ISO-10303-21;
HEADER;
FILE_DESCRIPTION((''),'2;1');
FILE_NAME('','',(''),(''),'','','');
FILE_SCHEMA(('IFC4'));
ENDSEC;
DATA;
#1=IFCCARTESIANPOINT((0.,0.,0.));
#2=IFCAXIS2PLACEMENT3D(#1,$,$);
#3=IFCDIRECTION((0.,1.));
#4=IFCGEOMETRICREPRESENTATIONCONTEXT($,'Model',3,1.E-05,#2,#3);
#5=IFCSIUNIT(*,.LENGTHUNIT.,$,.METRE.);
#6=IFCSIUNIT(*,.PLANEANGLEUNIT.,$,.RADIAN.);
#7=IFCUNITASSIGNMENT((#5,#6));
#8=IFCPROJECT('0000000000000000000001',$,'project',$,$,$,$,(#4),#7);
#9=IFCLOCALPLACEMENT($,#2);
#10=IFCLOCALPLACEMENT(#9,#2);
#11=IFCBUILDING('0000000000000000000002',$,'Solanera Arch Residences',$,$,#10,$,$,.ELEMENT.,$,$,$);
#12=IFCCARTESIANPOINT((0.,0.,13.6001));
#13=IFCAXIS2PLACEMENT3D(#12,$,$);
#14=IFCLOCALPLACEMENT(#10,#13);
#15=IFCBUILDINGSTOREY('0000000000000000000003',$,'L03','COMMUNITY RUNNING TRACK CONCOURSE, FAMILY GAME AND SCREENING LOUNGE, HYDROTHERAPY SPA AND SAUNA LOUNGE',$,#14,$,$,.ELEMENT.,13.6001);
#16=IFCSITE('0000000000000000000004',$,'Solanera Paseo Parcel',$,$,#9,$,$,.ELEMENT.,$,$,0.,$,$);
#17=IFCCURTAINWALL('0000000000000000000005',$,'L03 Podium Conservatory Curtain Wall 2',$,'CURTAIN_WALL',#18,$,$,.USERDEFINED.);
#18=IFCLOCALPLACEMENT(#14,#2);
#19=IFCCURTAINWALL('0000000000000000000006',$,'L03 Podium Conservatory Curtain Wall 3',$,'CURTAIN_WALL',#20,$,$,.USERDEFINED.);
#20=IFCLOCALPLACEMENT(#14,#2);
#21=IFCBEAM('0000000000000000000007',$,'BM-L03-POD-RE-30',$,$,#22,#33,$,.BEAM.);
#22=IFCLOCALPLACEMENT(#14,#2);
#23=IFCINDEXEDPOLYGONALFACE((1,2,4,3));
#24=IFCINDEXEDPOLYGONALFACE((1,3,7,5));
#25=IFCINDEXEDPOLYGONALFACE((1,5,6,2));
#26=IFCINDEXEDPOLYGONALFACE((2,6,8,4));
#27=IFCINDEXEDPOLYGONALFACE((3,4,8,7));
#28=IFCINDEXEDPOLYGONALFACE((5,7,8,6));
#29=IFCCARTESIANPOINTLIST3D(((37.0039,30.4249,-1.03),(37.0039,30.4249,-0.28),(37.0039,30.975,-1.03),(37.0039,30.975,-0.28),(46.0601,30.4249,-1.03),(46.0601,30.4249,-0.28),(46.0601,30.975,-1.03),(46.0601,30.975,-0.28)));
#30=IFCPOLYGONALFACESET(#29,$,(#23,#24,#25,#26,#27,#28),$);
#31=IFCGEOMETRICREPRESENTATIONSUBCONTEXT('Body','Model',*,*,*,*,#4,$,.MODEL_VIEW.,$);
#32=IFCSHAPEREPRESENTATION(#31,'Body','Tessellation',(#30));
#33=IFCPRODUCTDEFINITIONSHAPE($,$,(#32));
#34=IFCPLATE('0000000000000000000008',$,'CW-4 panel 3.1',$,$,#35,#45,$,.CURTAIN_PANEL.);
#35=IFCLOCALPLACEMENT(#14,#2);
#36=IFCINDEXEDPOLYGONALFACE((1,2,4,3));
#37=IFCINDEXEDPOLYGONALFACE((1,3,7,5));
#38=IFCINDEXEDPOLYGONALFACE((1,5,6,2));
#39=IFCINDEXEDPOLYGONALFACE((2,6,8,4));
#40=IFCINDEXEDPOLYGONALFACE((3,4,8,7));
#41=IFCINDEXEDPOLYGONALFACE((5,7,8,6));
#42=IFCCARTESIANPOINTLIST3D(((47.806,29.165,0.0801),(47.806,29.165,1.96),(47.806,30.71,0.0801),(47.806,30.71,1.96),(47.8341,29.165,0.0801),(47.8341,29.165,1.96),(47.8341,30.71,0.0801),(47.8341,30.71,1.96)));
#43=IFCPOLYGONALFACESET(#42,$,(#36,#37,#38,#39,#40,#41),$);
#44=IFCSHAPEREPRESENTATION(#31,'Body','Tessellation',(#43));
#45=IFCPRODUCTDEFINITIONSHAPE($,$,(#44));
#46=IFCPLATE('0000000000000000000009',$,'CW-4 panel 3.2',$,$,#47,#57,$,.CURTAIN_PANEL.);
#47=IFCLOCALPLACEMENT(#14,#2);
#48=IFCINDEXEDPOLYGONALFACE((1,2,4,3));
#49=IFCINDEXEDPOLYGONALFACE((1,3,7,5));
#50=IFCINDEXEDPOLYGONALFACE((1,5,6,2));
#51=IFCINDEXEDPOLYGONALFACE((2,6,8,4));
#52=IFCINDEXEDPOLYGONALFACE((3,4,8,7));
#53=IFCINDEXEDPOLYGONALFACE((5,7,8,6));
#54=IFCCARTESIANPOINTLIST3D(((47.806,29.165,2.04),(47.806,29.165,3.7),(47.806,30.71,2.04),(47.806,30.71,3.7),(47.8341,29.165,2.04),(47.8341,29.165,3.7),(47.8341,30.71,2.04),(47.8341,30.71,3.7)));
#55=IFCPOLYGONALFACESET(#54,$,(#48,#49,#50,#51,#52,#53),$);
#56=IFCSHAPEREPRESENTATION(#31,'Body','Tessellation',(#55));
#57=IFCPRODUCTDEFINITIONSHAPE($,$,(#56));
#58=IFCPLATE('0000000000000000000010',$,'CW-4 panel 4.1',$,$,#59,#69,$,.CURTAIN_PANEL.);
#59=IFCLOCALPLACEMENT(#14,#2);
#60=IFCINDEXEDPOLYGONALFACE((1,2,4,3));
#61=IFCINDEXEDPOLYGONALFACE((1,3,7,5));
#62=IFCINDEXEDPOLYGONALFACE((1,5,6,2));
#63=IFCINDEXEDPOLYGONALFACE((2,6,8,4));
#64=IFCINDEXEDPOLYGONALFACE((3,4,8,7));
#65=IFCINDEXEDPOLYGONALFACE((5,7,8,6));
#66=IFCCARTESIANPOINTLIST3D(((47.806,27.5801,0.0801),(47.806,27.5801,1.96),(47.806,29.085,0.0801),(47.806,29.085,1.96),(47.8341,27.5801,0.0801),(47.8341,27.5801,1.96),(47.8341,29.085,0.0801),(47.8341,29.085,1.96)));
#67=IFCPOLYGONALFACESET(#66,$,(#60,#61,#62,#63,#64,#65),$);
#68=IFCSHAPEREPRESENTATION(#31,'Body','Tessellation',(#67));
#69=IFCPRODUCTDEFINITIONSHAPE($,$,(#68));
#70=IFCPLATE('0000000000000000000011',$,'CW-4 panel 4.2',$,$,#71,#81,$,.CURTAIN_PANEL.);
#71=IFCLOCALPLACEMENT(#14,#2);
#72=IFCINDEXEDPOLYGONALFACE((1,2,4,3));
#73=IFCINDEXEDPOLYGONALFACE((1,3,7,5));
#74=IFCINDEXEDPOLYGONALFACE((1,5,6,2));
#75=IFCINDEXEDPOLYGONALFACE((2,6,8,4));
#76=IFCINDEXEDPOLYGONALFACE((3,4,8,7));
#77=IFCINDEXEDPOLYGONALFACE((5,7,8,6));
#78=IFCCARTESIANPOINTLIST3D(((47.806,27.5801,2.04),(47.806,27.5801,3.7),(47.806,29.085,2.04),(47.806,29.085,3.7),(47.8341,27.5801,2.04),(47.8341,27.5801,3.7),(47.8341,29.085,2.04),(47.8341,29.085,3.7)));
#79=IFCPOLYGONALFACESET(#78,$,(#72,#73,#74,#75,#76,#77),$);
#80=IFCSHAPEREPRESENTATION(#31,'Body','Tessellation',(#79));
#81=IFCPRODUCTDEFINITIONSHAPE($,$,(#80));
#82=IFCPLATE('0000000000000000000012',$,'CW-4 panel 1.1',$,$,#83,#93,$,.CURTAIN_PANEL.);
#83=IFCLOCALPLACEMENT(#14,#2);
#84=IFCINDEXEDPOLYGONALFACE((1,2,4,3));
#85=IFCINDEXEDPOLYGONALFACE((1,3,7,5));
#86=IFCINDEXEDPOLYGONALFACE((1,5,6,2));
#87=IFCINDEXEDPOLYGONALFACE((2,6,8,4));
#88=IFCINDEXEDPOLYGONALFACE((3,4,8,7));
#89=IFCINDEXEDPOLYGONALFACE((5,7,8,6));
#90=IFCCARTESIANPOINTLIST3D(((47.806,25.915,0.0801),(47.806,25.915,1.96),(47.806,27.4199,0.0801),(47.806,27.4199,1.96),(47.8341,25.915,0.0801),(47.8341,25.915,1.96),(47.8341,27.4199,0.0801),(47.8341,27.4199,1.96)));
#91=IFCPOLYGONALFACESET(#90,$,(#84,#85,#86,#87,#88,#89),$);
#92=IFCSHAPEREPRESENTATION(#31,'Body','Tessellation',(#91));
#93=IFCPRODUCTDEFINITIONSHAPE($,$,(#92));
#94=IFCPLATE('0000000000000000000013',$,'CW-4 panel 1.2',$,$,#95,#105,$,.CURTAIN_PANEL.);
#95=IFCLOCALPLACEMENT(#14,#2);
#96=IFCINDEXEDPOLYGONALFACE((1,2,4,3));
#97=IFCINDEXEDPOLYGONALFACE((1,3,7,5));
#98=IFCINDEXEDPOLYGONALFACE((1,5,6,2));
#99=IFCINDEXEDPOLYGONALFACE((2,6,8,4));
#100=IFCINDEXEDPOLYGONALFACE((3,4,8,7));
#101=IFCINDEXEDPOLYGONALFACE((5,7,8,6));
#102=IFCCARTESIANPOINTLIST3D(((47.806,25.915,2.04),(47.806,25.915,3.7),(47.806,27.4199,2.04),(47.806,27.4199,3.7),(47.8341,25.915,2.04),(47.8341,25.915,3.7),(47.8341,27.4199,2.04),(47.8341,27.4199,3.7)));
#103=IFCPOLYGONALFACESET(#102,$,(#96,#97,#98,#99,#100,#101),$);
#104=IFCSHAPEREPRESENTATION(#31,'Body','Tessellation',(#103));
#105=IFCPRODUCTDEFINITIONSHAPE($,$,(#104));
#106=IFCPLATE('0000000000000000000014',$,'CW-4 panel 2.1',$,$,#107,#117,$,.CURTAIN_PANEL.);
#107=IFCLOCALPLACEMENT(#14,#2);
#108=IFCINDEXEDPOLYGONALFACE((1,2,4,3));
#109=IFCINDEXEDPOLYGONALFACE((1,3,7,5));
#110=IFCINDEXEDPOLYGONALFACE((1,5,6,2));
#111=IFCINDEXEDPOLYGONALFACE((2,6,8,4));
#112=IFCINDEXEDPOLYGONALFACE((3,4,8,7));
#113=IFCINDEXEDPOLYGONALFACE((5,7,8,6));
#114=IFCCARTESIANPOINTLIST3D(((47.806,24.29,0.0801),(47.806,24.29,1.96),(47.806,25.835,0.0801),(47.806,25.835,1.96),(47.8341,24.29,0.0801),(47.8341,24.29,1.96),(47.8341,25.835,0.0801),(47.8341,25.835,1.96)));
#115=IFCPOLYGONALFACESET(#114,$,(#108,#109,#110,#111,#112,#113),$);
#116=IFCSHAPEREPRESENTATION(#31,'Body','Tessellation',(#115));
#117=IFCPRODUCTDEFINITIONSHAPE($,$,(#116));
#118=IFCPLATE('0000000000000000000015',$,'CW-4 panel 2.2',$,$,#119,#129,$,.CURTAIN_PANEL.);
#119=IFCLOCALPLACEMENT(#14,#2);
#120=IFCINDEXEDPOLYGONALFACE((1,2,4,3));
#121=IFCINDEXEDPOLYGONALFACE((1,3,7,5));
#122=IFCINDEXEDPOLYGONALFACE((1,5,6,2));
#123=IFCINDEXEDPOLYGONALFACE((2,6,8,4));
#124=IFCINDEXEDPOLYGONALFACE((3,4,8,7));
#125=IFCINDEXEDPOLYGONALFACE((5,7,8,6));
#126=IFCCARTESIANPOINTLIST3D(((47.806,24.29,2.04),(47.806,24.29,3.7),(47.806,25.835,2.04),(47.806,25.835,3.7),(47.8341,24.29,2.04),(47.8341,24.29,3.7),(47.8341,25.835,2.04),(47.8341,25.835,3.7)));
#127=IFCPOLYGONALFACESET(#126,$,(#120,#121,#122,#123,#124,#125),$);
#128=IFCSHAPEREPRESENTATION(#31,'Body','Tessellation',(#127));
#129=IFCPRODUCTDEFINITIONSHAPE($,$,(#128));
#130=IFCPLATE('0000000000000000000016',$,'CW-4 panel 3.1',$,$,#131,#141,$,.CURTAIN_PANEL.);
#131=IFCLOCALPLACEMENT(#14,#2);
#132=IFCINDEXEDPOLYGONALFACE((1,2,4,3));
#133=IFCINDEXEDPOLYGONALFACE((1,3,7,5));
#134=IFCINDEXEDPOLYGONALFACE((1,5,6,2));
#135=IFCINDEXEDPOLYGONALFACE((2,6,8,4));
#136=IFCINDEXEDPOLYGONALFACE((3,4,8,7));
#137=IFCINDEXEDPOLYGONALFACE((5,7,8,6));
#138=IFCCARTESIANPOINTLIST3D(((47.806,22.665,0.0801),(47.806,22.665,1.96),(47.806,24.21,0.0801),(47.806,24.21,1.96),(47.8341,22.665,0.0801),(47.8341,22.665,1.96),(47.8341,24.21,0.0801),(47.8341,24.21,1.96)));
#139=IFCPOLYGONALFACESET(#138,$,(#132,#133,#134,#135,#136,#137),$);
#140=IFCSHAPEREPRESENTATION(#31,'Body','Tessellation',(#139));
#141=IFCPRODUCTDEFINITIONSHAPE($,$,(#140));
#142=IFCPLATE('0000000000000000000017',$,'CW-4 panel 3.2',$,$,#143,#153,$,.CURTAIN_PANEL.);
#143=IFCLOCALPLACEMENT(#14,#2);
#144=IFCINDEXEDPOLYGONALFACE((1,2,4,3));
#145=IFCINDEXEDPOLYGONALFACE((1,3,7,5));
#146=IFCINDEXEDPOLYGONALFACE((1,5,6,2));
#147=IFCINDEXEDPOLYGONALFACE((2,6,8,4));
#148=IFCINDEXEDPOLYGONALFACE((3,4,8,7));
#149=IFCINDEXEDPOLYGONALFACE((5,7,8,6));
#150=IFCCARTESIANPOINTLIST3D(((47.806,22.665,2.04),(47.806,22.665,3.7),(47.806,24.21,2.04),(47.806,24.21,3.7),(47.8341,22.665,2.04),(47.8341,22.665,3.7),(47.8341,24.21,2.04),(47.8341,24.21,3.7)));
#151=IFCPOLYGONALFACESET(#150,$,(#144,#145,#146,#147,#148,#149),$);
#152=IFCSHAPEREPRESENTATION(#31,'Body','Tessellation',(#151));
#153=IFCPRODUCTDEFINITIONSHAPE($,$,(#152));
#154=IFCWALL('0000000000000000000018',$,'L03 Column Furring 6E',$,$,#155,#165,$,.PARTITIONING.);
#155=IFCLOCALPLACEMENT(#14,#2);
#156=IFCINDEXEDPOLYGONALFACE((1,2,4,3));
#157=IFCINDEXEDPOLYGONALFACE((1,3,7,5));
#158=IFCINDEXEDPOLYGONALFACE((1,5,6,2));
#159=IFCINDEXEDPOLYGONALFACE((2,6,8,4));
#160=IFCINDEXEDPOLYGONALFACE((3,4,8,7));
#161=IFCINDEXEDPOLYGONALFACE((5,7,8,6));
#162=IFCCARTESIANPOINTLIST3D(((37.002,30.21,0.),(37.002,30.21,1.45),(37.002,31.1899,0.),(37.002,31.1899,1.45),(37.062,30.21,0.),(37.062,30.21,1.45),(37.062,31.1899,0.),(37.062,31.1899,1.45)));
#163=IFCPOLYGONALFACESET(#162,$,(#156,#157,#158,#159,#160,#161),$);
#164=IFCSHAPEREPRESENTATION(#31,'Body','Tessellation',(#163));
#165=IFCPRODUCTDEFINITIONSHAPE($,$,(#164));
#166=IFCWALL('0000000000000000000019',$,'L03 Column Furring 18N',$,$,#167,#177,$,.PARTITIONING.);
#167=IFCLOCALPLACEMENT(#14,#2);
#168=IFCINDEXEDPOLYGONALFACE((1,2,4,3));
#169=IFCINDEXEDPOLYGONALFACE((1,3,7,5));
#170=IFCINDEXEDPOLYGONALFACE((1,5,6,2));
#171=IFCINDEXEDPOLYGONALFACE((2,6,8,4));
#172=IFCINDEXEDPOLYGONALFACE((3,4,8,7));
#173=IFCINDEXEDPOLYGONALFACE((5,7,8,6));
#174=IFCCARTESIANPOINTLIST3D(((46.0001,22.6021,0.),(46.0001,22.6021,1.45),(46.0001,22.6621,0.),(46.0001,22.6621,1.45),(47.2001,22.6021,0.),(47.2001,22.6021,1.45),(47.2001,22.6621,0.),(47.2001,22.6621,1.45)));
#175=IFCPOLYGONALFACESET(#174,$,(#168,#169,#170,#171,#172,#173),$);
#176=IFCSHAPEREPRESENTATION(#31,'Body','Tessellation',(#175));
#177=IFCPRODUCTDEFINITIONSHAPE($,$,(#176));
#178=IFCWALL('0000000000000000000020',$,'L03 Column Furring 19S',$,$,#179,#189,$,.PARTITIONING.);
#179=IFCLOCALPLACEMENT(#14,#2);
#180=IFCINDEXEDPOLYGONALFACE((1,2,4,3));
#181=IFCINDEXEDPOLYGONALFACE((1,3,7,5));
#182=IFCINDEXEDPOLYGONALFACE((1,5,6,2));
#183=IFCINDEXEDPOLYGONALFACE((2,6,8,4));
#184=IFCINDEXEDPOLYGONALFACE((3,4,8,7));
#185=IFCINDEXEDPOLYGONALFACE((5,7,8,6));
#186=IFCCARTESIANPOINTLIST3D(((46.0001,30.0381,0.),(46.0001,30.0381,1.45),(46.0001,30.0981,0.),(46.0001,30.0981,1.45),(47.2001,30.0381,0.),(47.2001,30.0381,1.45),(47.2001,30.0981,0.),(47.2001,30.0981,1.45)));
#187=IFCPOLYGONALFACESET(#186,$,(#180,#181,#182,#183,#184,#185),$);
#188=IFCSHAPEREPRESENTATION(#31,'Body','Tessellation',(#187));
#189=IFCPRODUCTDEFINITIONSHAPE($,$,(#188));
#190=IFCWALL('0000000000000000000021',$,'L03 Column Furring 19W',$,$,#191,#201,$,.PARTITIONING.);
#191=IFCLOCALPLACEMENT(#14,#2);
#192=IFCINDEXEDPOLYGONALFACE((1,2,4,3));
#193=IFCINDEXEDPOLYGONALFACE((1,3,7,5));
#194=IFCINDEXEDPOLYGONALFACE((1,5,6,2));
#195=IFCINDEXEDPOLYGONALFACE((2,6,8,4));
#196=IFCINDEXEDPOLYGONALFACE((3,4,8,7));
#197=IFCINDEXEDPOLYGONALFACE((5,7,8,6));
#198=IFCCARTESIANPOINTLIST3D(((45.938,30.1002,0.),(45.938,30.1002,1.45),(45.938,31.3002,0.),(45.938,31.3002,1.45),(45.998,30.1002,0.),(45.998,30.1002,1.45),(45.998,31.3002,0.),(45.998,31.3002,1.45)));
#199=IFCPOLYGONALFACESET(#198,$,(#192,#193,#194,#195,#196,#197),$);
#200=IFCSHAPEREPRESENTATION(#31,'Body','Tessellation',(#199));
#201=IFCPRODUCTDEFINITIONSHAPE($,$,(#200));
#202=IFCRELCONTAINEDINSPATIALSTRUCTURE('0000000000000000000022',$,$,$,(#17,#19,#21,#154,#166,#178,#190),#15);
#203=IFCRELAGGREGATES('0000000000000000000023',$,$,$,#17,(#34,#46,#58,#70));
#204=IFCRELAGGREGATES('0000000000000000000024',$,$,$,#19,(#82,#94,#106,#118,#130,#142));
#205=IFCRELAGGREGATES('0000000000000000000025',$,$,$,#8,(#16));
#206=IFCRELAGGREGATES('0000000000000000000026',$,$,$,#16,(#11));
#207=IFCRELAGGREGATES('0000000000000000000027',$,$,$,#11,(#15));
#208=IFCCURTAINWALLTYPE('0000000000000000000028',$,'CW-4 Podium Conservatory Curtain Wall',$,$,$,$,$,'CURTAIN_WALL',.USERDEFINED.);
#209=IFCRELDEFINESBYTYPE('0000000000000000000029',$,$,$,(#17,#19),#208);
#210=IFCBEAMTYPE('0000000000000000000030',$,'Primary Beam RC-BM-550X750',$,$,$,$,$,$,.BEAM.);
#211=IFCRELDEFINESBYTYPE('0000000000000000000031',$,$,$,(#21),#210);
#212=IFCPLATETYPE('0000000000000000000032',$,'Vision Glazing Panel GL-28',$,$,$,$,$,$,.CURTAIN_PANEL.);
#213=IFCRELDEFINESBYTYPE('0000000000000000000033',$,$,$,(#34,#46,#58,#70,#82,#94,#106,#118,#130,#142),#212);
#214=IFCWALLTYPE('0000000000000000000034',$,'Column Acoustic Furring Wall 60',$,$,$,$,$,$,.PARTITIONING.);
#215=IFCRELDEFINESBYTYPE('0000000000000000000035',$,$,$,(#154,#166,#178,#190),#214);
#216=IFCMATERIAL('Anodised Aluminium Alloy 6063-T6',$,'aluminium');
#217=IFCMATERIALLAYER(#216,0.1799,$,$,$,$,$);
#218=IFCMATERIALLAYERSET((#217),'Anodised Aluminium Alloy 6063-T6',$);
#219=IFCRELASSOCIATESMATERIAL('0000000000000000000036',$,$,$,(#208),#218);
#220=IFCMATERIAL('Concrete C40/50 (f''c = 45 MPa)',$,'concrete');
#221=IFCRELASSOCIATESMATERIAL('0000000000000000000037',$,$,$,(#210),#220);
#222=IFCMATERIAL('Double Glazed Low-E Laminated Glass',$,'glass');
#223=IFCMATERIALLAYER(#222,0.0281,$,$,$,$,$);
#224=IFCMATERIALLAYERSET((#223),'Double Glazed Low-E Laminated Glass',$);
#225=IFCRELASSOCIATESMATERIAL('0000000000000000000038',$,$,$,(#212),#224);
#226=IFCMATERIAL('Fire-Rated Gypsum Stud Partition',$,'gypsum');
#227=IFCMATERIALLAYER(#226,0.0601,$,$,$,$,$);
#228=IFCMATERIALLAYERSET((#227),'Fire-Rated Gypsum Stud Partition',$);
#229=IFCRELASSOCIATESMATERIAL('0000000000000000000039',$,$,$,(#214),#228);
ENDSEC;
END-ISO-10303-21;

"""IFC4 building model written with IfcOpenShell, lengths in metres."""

from ifc_helpers import new_model, si_unit, direction, frame, frame_2d, origin, origin_2d, place, context, subcontext, project, spatial, rectangle, extrude, material, layer, layer_set, material_profile, profile_set, type_object, element, aggregate, save


model = new_model("IFC4")

# Units and contexts
model_context = context("Model", 3, precision=1e-05, world=origin(), true_north=direction((0.0, 1.0)))
body_context = subcontext(model_context, "Body", "Model", "MODEL_VIEW")
ifc_project = project(units=[si_unit("LENGTHUNIT", "METRE"), si_unit("PLANEANGLEUNIT", "RADIAN")], contexts=[model_context])

# Site, building, storey
site_placement = place(None, origin())
site = spatial("IfcSite", under=ifc_project, at=site_placement, Name="Solanera Paseo Parcel", CompositionType="ELEMENT", RefElevation=0.0)
building_placement = place(site_placement, origin())
building = spatial("IfcBuilding", under=site, at=building_placement, Name="Solanera Arch Residences", CompositionType="ELEMENT")
storey_placement = place(building_placement, frame((0.0, 0.0, 13.6001)))
storey = spatial("IfcBuildingStorey", under=building, at=storey_placement, Name="L03", Description="COMMUNITY RUNNING TRACK CONCOURSE, FAMILY GAME AND SCREENING LOUNGE, HYDROTHERAPY SPA AND SAUNA LOUNGE", CompositionType="ELEMENT", Elevation=13.6001)

# Curtain walls
ifc_material_1 = material(Name="Anodised Aluminium Alloy 6063-T6", Category="aluminium")
ifc_layer_1 = layer(ifc_material_1, 0.1799)
ifc_layer_set_1 = layer_set([ifc_layer_1], Name="Anodised Aluminium Alloy 6063-T6")
curtain_wall_type = type_object("IfcCurtainWallType", Name="CW-4 Podium Conservatory Curtain Wall", ElementType="CURTAIN_WALL", PredefinedType="USERDEFINED", material=ifc_layer_set_1)
curtain_wall_1_placement = place(storey_placement, origin())
curtain_wall_1 = element("IfcCurtainWall", 1, at=curtain_wall_1_placement, inside=storey, type_object=curtain_wall_type, Name="L03 Podium Conservatory Curtain Wall 2", ObjectType="CURTAIN_WALL", PredefinedType="USERDEFINED")
curtain_wall_2_placement = place(storey_placement, origin())
curtain_wall_2 = element("IfcCurtainWall", 2, at=curtain_wall_2_placement, inside=storey, type_object=curtain_wall_type, Name="L03 Podium Conservatory Curtain Wall 3", ObjectType="CURTAIN_WALL", PredefinedType="USERDEFINED")

# Beam
ifc_material_2 = material(Name="Concrete C40/50 (f'c = 45 MPa)", Category="concrete")
ifc_material_profile_1 = material_profile(ifc_material_2, rectangle(XDim=0.55, YDim=0.75, at=origin_2d()))
ifc_profile_set_1 = profile_set([ifc_material_profile_1], Name="Concrete C40/50 (f'c = 45 MPa)")
beam_type = type_object("IfcBeamType", Name="Primary Beam RC-BM-550X750", PredefinedType="BEAM", material=ifc_profile_set_1)
beam_placement = place(storey_placement, frame((37.0039, 30.7, -0.655), z_axis=(1.0, 0.0, 0.0), x_axis=(0.0, 1.0, 0.0)))
element("IfcBeam", 3, at=beam_placement, inside=storey, type_object=beam_type, Name="BM-L03-POD-RE-30", PredefinedType="BEAM", context=body_context, shape_type="SweptSolid", body=[
    extrude(rectangle(XDim=0.55, YDim=0.75, at=origin_2d()), origin(), (0.0, 0.0, 1.0), 9.0562),
])

# Plates
ifc_material_3 = material(Name="Double Glazed Low-E Laminated Glass", Category="glass")
ifc_layer_2 = layer(ifc_material_3, 0.0281)
ifc_layer_set_2 = layer_set([ifc_layer_2], Name="Double Glazed Low-E Laminated Glass")
plate_type = type_object("IfcPlateType", Name="Vision Glazing Panel GL-28", PredefinedType="CURTAIN_PANEL", material=ifc_layer_set_2)
plate_1_placement = place(storey_placement, frame((47.8201, 29.9375, 0.0801), z_axis=(0.0, 0.0, 1.0), x_axis=(0.0, -1.0, 0.0)))
plate_1 = element("IfcPlate", 4, at=plate_1_placement, type_object=plate_type, Name="CW-4 panel 3.1", PredefinedType="CURTAIN_PANEL", context=body_context, shape_type="SweptSolid", body=[
    extrude(rectangle(XDim=1.5449, YDim=0.0281, at=origin_2d()), origin(), (0.0, 0.0, 1.0), 1.8799),
])
plate_2_placement = place(storey_placement, frame((47.8201, 29.9375, 2.04), z_axis=(0.0, 0.0, 1.0), x_axis=(0.0, -1.0, 0.0)))
plate_2 = element("IfcPlate", 5, at=plate_2_placement, type_object=plate_type, Name="CW-4 panel 3.2", PredefinedType="CURTAIN_PANEL", context=body_context, shape_type="SweptSolid", body=[
    extrude(rectangle(XDim=1.5449, YDim=0.0281, at=origin_2d()), origin(), (0.0, 0.0, 1.0), 1.6599),
])
plate_3_placement = place(storey_placement, frame((47.8201, 28.3325, 0.0801), z_axis=(0.0, 0.0, 1.0), x_axis=(0.0, -1.0, 0.0)))
plate_3 = element("IfcPlate", 6, at=plate_3_placement, type_object=plate_type, Name="CW-4 panel 4.1", PredefinedType="CURTAIN_PANEL", context=body_context, shape_type="SweptSolid", body=[
    extrude(rectangle(XDim=1.5049, YDim=0.0281, at=origin_2d()), origin(), (0.0, 0.0, 1.0), 1.8799),
])
plate_4_placement = place(storey_placement, frame((47.8201, 28.3325, 2.04), z_axis=(0.0, 0.0, 1.0), x_axis=(0.0, -1.0, 0.0)))
plate_4 = element("IfcPlate", 7, at=plate_4_placement, type_object=plate_type, Name="CW-4 panel 4.2", PredefinedType="CURTAIN_PANEL", context=body_context, shape_type="SweptSolid", body=[
    extrude(rectangle(XDim=1.5049, YDim=0.0281, at=origin_2d()), origin(), (0.0, 0.0, 1.0), 1.6599),
])
aggregate(curtain_wall_1, [plate_1, plate_2, plate_3, plate_4])
plate_5_placement = place(storey_placement, frame((47.8201, 26.6675, 0.0801), z_axis=(0.0, 0.0, 1.0), x_axis=(0.0, -1.0, 0.0)))
plate_5 = element("IfcPlate", 8, at=plate_5_placement, type_object=plate_type, Name="CW-4 panel 1.1", PredefinedType="CURTAIN_PANEL", context=body_context, shape_type="SweptSolid", body=[
    extrude(rectangle(XDim=1.5049, YDim=0.0281, at=origin_2d()), origin(), (0.0, 0.0, 1.0), 1.8799),
])
plate_6_placement = place(storey_placement, frame((47.8201, 26.6675, 2.04), z_axis=(0.0, 0.0, 1.0), x_axis=(0.0, -1.0, 0.0)))
plate_6 = element("IfcPlate", 9, at=plate_6_placement, type_object=plate_type, Name="CW-4 panel 1.2", PredefinedType="CURTAIN_PANEL", context=body_context, shape_type="SweptSolid", body=[
    extrude(rectangle(XDim=1.5049, YDim=0.0281, at=origin_2d()), origin(), (0.0, 0.0, 1.0), 1.6599),
])
plate_7_placement = place(storey_placement, frame((47.8201, 25.0625, 0.0801), z_axis=(0.0, 0.0, 1.0), x_axis=(0.0, -1.0, 0.0)))
plate_7 = element("IfcPlate", 10, at=plate_7_placement, type_object=plate_type, Name="CW-4 panel 2.1", PredefinedType="CURTAIN_PANEL", context=body_context, shape_type="SweptSolid", body=[
    extrude(rectangle(XDim=1.5449, YDim=0.0281, at=origin_2d()), origin(), (0.0, 0.0, 1.0), 1.8799),
])
plate_8_placement = place(storey_placement, frame((47.8201, 25.0625, 2.04), z_axis=(0.0, 0.0, 1.0), x_axis=(0.0, -1.0, 0.0)))
plate_8 = element("IfcPlate", 11, at=plate_8_placement, type_object=plate_type, Name="CW-4 panel 2.2", PredefinedType="CURTAIN_PANEL", context=body_context, shape_type="SweptSolid", body=[
    extrude(rectangle(XDim=1.5449, YDim=0.0281, at=origin_2d()), origin(), (0.0, 0.0, 1.0), 1.6599),
])
plate_9_placement = place(storey_placement, frame((47.8201, 23.4375, 0.0801), z_axis=(0.0, 0.0, 1.0), x_axis=(0.0, -1.0, 0.0)))
plate_9 = element("IfcPlate", 12, at=plate_9_placement, type_object=plate_type, Name="CW-4 panel 3.1", PredefinedType="CURTAIN_PANEL", context=body_context, shape_type="SweptSolid", body=[
    extrude(rectangle(XDim=1.5449, YDim=0.0281, at=origin_2d()), origin(), (0.0, 0.0, 1.0), 1.8799),
])
plate_10_placement = place(storey_placement, frame((47.8201, 23.4375, 2.04), z_axis=(0.0, 0.0, 1.0), x_axis=(0.0, -1.0, 0.0)))
plate_10 = element("IfcPlate", 13, at=plate_10_placement, type_object=plate_type, Name="CW-4 panel 3.2", PredefinedType="CURTAIN_PANEL", context=body_context, shape_type="SweptSolid", body=[
    extrude(rectangle(XDim=1.5449, YDim=0.0281, at=origin_2d()), origin(), (0.0, 0.0, 1.0), 1.6599),
])
aggregate(curtain_wall_2, [plate_5, plate_6, plate_7, plate_8, plate_9, plate_10])

# Walls
ifc_material_4 = material(Name="Fire-Rated Gypsum Stud Partition", Category="gypsum")
ifc_layer_3 = layer(ifc_material_4, 0.0601)
ifc_layer_set_3 = layer_set([ifc_layer_3], Name="Fire-Rated Gypsum Stud Partition")
wall_type_1 = type_object("IfcWallType", Name="Column Acoustic Furring Wall 60", PredefinedType="PARTITIONING", material=ifc_layer_set_3)
wall_1_placement = place(storey_placement, frame((37.032, 30.21, 0.0), z_axis=(0.0, 0.0, 1.0), x_axis=(0.0, 1.0, 0.0)))
element("IfcWall", 14, at=wall_1_placement, inside=storey, type_object=wall_type_1, Name="L03 Column Furring 6E", PredefinedType="PARTITIONING", context=body_context, shape_type="SweptSolid", body=[
    extrude(rectangle(XDim=0.98, YDim=0.0601, at=frame_2d((0.49, 0.0))), origin(), (0.0, 0.0, 1.0), 1.45),
])
for number, where, z_axis, x_axis, name in (
    (15, (46.0, 22.6321, 0.0), (0.0, 0.0, 1.0), (1.0, 0.0, 0.0), "L03 Column Furring 18N"),
    (16, (46.0, 30.0681, 0.0), (0.0, 0.0, 1.0), (1.0, 0.0, 0.0), "L03 Column Furring 19S"),
    (17, (45.968, 30.1001, 0.0), (0.0, 0.0, 1.0), (0.0, 1.0, 0.0), "L03 Column Furring 19W"),
):
    element("IfcWall", number, at=place(storey_placement, frame(where, z_axis=z_axis, x_axis=x_axis)), inside=storey, type_object=wall_type_1, Name=name, PredefinedType="PARTITIONING", context=body_context, shape_type="SweptSolid", body=[
        extrude(rectangle(XDim=1.2, YDim=0.0601, at=frame_2d((0.6001, 0.0))), origin(), (0.0, 0.0, 1.0), 1.45),
    ])

save(model, "model.ifc")
